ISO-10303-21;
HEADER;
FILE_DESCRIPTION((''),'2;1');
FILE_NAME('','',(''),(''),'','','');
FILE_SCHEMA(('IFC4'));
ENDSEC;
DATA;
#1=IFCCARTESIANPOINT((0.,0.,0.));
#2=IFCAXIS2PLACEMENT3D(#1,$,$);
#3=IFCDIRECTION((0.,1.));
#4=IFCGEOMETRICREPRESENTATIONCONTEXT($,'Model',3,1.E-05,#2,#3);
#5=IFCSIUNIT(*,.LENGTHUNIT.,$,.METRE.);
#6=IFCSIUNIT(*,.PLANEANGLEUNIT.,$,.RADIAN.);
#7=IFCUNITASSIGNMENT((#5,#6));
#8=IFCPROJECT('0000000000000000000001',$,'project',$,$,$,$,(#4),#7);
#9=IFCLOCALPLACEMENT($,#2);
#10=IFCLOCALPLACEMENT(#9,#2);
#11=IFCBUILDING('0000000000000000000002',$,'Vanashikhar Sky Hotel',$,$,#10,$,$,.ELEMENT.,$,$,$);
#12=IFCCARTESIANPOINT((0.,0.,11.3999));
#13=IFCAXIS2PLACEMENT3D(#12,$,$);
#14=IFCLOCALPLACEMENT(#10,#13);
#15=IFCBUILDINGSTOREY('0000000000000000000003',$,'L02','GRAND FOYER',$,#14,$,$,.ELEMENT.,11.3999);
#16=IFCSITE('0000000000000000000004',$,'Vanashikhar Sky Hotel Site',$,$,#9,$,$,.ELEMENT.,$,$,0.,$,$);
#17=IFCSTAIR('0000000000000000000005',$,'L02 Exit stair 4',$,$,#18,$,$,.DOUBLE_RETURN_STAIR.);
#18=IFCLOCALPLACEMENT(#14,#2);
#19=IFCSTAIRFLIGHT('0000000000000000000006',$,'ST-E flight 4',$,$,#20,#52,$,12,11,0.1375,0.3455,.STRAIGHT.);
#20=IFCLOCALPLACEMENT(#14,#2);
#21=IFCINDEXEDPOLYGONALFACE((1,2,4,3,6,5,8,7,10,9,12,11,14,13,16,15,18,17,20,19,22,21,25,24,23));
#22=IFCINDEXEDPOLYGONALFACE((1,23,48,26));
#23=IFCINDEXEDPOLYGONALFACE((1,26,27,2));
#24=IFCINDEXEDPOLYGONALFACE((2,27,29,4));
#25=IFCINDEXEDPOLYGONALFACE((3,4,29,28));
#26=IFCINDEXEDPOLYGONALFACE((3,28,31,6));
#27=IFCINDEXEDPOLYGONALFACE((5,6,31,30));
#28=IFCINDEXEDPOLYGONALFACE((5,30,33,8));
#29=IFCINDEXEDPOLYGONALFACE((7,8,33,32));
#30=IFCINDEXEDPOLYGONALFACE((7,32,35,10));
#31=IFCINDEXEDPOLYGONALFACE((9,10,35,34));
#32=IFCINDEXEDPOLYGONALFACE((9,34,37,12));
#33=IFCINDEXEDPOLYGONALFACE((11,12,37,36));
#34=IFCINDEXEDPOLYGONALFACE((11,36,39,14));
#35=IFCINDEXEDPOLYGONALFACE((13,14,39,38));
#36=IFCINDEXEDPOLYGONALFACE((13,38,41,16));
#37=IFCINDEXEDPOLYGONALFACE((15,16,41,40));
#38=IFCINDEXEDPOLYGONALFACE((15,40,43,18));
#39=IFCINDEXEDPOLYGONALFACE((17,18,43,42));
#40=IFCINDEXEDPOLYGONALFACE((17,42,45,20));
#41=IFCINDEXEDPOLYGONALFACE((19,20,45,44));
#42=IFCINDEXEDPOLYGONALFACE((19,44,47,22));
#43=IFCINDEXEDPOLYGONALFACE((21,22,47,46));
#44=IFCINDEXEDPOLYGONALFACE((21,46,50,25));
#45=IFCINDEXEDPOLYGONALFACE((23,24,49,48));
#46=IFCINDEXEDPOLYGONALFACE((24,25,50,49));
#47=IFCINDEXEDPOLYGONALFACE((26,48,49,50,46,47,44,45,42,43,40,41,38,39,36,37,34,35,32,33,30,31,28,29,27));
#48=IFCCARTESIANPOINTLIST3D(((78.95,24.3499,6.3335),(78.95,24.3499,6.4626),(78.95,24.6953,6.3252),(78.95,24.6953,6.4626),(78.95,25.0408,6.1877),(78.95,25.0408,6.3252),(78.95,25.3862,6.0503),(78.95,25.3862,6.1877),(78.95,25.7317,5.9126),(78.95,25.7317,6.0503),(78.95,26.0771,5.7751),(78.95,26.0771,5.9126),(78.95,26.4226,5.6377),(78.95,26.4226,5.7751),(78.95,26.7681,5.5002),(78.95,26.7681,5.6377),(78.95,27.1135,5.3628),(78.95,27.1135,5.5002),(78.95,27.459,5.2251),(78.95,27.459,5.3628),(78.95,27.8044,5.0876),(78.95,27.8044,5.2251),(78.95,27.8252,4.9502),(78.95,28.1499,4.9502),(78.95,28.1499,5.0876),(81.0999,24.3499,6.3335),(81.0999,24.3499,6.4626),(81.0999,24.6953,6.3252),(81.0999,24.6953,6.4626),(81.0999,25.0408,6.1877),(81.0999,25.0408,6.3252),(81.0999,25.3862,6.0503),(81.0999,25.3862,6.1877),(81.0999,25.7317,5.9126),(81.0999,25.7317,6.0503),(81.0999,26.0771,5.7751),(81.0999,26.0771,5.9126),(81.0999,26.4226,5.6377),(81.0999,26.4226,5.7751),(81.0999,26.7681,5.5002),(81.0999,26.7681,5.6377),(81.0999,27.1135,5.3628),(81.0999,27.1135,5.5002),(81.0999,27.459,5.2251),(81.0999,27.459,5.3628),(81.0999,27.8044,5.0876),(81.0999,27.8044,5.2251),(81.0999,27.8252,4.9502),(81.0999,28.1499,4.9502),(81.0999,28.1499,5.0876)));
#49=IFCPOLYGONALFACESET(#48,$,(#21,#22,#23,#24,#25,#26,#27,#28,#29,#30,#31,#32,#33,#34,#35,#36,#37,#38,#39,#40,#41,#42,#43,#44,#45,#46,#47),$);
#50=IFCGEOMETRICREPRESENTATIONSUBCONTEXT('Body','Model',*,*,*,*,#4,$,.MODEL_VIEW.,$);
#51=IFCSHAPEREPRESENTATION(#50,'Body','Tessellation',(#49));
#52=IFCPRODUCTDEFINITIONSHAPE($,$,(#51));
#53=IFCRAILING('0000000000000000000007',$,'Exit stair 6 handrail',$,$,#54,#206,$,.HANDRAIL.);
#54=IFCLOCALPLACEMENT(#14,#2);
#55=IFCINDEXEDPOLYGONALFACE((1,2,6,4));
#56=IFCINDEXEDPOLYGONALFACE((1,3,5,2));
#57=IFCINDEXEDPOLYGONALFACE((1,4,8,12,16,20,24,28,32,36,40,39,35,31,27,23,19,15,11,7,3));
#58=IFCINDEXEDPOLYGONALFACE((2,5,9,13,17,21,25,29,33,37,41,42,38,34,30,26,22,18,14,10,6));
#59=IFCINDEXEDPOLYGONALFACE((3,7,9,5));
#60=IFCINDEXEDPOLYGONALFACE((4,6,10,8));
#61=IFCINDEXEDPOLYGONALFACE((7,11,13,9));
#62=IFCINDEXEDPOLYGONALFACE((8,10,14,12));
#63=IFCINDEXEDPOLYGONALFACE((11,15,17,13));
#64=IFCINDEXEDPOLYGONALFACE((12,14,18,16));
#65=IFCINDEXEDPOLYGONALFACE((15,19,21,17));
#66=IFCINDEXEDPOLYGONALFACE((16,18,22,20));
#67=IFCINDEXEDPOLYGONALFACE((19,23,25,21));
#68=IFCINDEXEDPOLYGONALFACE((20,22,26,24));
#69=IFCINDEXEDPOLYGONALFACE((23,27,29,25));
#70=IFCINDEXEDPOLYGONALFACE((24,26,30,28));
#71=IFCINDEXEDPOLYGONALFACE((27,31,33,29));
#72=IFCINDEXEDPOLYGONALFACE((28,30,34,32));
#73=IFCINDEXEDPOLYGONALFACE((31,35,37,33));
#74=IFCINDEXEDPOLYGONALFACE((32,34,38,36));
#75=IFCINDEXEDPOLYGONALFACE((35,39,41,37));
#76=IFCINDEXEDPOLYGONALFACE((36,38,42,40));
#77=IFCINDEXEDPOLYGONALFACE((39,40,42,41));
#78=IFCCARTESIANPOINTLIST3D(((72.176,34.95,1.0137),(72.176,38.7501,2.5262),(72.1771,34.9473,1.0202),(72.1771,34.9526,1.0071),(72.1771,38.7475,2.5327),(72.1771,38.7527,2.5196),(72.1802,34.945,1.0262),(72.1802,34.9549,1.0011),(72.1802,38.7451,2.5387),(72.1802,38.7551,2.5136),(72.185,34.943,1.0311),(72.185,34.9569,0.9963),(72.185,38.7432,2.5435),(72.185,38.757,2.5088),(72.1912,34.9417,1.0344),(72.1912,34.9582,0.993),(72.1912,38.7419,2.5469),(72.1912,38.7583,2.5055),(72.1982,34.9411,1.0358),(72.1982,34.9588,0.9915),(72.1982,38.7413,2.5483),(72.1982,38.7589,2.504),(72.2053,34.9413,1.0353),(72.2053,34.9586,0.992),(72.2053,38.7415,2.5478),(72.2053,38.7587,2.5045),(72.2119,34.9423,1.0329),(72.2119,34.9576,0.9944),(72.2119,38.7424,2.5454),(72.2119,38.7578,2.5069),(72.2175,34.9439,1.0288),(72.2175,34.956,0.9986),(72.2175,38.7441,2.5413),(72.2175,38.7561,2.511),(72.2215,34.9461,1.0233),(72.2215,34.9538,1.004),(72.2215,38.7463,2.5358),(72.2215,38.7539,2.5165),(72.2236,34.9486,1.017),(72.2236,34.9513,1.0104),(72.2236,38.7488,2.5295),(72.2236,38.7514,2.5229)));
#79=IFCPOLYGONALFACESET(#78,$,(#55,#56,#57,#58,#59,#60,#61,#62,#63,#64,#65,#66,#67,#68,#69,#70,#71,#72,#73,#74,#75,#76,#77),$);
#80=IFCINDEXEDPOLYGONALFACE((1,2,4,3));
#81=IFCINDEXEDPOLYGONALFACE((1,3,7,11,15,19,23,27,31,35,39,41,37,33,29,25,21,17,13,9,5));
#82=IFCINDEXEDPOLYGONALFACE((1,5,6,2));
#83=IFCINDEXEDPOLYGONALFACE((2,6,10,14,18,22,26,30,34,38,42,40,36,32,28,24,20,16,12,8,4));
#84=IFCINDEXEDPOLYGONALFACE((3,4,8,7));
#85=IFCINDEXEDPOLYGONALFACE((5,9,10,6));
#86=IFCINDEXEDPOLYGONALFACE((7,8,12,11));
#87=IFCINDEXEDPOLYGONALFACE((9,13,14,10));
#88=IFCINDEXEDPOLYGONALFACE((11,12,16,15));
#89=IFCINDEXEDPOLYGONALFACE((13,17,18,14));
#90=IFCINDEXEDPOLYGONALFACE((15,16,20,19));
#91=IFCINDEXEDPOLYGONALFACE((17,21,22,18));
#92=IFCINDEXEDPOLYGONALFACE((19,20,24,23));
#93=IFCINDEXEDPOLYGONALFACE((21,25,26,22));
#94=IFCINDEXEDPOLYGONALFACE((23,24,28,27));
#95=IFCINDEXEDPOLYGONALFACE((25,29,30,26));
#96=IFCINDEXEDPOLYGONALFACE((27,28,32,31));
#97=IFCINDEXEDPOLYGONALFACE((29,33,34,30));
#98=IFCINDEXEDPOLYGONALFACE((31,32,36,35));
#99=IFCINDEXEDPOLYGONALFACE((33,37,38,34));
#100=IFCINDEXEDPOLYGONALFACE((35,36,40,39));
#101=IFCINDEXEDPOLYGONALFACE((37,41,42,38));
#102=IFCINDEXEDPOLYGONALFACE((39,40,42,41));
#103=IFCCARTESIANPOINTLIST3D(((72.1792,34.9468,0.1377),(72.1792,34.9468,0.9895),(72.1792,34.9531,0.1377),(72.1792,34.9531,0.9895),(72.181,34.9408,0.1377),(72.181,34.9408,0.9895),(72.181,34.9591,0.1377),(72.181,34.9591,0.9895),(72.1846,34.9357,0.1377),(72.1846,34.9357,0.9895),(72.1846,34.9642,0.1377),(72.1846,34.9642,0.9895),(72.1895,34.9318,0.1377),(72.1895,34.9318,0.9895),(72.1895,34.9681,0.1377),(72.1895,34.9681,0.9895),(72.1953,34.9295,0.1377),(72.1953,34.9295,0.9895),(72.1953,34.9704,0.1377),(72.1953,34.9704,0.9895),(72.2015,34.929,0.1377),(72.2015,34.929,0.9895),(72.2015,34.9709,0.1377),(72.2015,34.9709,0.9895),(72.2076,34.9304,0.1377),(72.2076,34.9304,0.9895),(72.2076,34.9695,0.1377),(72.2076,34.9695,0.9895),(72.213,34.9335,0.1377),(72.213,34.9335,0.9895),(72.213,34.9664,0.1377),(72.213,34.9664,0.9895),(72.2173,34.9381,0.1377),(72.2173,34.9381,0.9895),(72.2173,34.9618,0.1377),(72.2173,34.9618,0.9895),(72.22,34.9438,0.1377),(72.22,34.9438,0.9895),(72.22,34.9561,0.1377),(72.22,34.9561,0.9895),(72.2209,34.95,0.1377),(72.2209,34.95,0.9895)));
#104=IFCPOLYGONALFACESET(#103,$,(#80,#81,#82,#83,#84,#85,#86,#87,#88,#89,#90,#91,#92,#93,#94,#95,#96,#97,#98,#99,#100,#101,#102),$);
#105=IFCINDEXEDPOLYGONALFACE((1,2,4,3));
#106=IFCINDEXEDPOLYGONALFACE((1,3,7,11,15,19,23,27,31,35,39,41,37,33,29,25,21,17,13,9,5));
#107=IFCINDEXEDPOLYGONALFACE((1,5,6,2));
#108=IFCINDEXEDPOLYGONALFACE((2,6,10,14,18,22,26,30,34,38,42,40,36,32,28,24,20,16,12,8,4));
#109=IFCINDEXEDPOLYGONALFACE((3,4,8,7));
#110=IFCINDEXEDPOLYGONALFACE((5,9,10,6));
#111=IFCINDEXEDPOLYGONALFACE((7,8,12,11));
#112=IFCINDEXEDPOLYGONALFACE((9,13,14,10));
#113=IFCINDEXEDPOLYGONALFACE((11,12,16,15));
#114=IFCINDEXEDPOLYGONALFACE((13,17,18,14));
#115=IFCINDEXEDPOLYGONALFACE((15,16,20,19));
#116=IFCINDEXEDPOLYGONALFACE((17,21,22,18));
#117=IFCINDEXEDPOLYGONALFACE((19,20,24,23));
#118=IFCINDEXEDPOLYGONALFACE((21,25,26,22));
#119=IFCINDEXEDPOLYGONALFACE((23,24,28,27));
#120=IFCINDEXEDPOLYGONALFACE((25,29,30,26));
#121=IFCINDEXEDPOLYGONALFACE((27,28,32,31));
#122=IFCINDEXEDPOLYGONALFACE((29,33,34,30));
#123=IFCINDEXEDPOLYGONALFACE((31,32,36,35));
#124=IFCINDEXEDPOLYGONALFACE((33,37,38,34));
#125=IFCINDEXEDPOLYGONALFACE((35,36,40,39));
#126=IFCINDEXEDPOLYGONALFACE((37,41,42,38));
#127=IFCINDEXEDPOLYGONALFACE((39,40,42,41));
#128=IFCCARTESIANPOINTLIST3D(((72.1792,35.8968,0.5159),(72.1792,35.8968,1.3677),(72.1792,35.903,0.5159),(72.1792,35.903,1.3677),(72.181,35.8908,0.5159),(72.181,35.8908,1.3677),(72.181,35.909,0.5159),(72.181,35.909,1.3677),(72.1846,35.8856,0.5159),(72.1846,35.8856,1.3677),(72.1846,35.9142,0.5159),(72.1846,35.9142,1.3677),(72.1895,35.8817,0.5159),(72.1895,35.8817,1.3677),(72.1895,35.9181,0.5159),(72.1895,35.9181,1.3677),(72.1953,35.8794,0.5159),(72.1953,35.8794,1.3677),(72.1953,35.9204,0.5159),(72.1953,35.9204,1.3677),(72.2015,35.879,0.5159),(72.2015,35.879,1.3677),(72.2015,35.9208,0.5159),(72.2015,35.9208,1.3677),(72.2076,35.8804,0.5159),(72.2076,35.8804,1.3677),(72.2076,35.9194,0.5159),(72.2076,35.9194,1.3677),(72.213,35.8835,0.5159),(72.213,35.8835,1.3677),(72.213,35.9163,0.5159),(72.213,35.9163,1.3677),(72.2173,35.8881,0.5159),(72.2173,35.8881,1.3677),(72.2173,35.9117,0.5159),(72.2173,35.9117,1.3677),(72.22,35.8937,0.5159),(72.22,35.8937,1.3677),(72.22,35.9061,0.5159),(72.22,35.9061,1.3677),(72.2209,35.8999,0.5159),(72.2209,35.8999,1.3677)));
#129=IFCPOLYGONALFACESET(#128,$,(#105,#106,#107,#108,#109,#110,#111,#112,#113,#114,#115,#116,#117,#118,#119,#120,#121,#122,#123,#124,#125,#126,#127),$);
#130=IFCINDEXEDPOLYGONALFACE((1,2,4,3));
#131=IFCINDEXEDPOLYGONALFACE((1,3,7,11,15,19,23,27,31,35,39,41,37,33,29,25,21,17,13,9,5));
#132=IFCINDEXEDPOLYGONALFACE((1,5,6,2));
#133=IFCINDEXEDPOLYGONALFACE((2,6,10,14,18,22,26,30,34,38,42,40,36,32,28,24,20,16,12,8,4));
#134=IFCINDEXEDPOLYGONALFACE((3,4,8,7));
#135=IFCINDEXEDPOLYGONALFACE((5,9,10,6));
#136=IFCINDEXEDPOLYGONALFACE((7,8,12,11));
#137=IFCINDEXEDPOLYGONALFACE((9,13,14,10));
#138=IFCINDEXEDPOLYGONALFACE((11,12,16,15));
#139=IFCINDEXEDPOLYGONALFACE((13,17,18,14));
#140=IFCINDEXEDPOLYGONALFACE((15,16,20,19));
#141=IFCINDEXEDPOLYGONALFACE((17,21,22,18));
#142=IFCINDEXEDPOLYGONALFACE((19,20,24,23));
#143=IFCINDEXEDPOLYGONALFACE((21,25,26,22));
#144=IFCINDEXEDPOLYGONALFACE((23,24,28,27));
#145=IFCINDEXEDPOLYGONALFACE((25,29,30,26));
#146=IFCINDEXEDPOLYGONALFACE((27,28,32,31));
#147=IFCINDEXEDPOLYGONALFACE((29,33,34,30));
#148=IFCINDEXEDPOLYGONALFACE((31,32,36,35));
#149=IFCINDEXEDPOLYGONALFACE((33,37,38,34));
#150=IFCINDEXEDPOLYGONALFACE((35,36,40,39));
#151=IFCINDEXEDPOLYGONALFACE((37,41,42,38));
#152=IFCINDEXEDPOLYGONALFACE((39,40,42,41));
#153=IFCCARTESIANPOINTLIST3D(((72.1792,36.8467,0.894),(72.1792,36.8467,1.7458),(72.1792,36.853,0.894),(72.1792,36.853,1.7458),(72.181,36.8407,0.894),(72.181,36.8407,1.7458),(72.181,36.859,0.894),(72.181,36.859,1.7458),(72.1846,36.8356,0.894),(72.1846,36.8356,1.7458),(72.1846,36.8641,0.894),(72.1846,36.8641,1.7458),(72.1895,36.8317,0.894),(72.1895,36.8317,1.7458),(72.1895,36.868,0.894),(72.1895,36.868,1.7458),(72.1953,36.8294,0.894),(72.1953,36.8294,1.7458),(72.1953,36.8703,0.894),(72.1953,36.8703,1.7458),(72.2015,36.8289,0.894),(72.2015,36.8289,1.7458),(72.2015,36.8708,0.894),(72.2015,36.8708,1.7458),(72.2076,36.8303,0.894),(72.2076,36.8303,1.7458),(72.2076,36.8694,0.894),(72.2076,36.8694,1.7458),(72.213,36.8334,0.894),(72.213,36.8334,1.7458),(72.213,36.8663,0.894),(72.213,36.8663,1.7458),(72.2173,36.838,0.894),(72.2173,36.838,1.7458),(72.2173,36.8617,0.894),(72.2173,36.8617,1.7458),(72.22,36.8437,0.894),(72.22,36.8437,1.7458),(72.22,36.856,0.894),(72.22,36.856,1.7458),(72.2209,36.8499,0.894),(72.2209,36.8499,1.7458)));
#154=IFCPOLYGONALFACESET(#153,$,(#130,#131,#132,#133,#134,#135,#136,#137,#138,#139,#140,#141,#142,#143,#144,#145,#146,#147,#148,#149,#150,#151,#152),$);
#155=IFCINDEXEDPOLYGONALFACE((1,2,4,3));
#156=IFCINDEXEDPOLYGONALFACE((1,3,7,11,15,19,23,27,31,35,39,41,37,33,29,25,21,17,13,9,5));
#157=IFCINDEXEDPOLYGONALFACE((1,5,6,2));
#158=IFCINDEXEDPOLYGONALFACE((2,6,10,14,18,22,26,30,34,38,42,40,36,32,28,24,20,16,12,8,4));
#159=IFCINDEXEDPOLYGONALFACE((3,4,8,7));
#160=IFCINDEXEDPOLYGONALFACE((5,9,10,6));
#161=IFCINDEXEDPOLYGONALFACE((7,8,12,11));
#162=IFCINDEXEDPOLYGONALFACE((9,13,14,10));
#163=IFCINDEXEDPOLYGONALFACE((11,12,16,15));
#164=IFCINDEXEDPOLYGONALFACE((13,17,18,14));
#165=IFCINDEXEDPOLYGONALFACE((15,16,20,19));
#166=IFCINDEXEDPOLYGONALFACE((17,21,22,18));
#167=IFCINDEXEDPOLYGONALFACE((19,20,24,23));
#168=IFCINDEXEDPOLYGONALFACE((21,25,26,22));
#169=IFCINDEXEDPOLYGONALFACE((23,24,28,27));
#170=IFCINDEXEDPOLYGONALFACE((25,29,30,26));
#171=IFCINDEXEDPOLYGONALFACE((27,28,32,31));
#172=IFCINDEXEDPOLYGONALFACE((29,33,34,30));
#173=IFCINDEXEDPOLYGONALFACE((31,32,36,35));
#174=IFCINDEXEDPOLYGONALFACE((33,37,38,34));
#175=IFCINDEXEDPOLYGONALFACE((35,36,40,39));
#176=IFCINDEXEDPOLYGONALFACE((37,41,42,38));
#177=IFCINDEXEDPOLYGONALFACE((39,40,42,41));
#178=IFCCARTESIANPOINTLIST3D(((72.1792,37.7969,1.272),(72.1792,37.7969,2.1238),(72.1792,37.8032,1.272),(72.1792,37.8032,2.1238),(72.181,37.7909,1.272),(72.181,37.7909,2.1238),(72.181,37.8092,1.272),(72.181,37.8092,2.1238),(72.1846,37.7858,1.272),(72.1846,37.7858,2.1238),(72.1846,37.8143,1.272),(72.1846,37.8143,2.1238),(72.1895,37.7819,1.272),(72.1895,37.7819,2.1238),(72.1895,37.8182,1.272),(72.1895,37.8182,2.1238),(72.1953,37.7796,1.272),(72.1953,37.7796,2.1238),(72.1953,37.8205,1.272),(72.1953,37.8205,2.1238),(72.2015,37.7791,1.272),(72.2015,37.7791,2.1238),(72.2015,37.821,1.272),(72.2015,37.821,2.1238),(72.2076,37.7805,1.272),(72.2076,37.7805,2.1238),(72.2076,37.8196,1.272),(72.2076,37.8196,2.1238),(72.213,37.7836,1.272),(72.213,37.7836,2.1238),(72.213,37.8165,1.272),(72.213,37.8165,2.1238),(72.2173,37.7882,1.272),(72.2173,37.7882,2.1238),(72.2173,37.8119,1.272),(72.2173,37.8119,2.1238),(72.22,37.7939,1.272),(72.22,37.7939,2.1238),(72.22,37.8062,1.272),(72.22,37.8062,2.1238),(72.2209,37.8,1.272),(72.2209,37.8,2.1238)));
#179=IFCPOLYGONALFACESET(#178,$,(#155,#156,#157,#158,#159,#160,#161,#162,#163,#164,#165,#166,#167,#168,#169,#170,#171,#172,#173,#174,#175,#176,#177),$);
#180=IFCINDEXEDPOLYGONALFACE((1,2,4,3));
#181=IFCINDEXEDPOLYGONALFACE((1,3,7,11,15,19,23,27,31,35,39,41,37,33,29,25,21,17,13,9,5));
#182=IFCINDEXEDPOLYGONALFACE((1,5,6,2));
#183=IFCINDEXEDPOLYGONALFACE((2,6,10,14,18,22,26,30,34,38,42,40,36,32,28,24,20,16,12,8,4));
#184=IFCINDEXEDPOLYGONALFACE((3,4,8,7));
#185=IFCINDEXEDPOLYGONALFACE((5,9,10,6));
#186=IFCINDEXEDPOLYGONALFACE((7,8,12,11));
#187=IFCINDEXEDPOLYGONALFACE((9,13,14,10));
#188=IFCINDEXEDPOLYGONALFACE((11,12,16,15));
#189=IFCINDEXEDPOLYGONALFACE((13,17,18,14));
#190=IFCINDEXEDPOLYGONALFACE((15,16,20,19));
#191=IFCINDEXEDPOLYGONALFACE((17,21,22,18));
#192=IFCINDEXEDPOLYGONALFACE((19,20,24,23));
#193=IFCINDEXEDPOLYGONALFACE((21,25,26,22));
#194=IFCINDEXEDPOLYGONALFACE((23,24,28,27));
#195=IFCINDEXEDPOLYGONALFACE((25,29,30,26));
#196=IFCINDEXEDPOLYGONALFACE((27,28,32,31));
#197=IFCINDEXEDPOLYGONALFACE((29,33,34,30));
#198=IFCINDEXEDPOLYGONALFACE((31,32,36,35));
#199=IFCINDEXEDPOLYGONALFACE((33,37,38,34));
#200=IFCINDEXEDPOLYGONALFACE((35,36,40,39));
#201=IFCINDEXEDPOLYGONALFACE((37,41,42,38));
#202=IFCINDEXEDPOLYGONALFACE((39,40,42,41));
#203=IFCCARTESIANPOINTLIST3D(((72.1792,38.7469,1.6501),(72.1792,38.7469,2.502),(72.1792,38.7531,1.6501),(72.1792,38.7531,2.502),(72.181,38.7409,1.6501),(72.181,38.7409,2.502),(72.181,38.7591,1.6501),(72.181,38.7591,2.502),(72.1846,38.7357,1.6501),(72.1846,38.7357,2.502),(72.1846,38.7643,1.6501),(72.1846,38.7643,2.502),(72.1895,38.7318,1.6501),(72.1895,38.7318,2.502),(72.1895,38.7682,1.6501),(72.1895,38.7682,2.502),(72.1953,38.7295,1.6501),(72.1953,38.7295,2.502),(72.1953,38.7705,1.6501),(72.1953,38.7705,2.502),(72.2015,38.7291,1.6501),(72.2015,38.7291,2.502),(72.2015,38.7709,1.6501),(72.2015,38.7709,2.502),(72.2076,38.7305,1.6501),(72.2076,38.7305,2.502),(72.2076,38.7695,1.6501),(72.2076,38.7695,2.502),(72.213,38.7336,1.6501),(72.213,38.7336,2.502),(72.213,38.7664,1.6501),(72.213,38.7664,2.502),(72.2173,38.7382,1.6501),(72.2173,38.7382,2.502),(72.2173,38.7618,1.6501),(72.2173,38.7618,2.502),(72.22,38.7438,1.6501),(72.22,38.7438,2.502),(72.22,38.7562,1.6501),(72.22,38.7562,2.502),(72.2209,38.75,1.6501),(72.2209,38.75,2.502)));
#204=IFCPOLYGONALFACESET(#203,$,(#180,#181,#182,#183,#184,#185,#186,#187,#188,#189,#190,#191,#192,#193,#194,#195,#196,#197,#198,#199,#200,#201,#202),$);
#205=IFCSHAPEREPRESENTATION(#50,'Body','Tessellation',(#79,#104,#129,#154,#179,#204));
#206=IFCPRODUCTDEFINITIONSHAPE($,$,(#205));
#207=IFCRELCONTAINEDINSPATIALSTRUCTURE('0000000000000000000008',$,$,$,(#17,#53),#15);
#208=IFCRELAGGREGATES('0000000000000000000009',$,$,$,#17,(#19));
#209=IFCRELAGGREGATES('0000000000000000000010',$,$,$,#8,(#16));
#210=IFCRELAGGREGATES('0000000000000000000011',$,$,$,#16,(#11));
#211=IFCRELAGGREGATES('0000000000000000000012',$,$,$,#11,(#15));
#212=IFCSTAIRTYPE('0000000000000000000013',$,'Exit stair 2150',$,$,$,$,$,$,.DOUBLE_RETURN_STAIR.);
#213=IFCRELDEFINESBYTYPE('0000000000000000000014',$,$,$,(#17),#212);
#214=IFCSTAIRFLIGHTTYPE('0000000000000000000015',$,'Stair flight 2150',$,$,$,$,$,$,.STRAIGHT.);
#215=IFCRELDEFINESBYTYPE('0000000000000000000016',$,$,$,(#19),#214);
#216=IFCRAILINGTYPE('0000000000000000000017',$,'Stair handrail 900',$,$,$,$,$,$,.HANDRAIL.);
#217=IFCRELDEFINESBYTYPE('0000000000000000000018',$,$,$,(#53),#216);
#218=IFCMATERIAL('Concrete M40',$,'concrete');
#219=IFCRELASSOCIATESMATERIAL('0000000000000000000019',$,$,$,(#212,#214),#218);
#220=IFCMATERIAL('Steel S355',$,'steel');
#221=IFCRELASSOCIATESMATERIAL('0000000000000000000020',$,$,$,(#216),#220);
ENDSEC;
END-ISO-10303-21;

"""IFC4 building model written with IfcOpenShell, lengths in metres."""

from ifc_helpers import new_model, si_unit, direction, frame, origin, origin_2d, place, context, subcontext, project, spatial, polyline, circle, outline, extrude, source, transform, mapped, material, type_object, element, aggregate, save


model = new_model("IFC4")

# Units and contexts
model_context = context("Model", 3, precision=1e-05, world=origin(), true_north=direction((0.0, 1.0)))
body_context = subcontext(model_context, "Body", "Model", "MODEL_VIEW")
ifc_project = project(units=[si_unit("LENGTHUNIT", "METRE"), si_unit("PLANEANGLEUNIT", "RADIAN")], contexts=[model_context])

# Site, building, storey
site_placement = place(None, origin())
site = spatial("IfcSite", under=ifc_project, at=site_placement, Name="Vanashikhar Sky Hotel Site", CompositionType="ELEMENT", RefElevation=0.0)
building_placement = place(site_placement, origin())
building = spatial("IfcBuilding", under=site, at=building_placement, Name="Vanashikhar Sky Hotel", CompositionType="ELEMENT")
storey_placement = place(building_placement, frame((0.0, 0.0, 11.3999)))
storey = spatial("IfcBuildingStorey", under=building, at=storey_placement, Name="L02", Description="GRAND FOYER", CompositionType="ELEMENT", Elevation=11.3999)

# Shared definitions
ifc_material_1 = material(Name="Concrete M40", Category="concrete")

# Stair, stair flight
stair_type = type_object("IfcStairType", Name="Exit stair 2150", PredefinedType="DOUBLE_RETURN_STAIR", material=ifc_material_1)
stair_placement = place(storey_placement, origin())
stair = element("IfcStair", 1, at=stair_placement, inside=storey, type_object=stair_type, Name="L02 Exit stair 4", PredefinedType="DOUBLE_RETURN_STAIR")
stair_flight_type = type_object("IfcStairFlightType", Name="Stair flight 2150", PredefinedType="STRAIGHT", material=ifc_material_1)
shared_shape_1 = source(origin(), body_context, "Body", "SweptSolid", [
    extrude(outline(polyline([(0.0, 0.0), (0.0, 0.1375), (0.3455, 0.1375), (0.3455, 0.2749), (0.6909, 0.2749), (0.6909, 0.4126), (1.0364, 0.4126), (1.0364, 0.55), (1.3818, 0.55), (1.3818, 0.6875), (1.7273, 0.6875), (1.7273, 0.825), (2.0728, 0.825), (2.0728, 0.9624), (2.4182, 0.9624), (2.4182, 1.1001), (2.7637, 1.1001), (2.7637, 1.2375), (3.1091, 1.2375), (3.1091, 1.375), (3.4546, 1.375), (3.4546, 1.5125), (3.8, 1.5125), (3.8, 1.6499), (3.8, 1.3833), (0.3247, 0.0), (0.0, 0.0)])), frame((0.0, 1.075, 0.0), z_axis=(0.0, -1.0, 0.0), x_axis=(1.0, 0.0, 0.0)), (0.0, 0.0, 1.0), 2.1499),
])
stair_flight_1_placement = place(storey_placement, frame((80.0249, 28.1499, 4.9502), z_axis=(0.0, 0.0, 1.0), x_axis=(0.0, -1.0, 0.0)))
stair_flight_1 = element("IfcStairFlight", 2, at=stair_flight_1_placement, type_object=stair_flight_type, Name="ST-E flight 4", NumberOfRisers=12, NumberOfTreads=11, PredefinedType="STRAIGHT", RiserHeight=0.1375, TreadLength=0.3455, context=body_context, shape_type="MappedRepresentation", body=[
    mapped(shared_shape_1, transform((0.0, 0.0, 0.0), scale=1.0)),
])
aggregate(stair, [stair_flight_1])

# Railing
ifc_material_2 = material(Name="Steel S355", Category="steel")
railing_type_1 = type_object("IfcRailingType", Name="Stair handrail 900", PredefinedType="HANDRAIL", material=ifc_material_2)
shared_shape_2 = source(origin(), body_context, "Body", "SweptSolid", [
    extrude(circle(Radius=0.0239, at=origin_2d()), frame((0.0, 0.0, 0.876), z_axis=(0.0, 0.929113, 0.369795), x_axis=(-1.0, 0.0, 0.0)), (0.0, 0.0, 1.0), 4.0901),
    extrude(circle(Radius=0.021, at=origin_2d()), origin(), (0.0, 0.0, 1.0), 0.8518),
    extrude(circle(Radius=0.021, at=origin_2d()), frame((0.0, 0.95, 0.3782)), (0.0, 0.0, 1.0), 0.8518),
    extrude(circle(Radius=0.021, at=origin_2d()), frame((0.0, 1.8999, 0.7563)), (0.0, 0.0, 1.0), 0.8518),
    extrude(circle(Radius=0.021, at=origin_2d()), frame((0.0, 2.8501, 1.1343)), (0.0, 0.0, 1.0), 0.8518),
    extrude(circle(Radius=0.021, at=origin_2d()), frame((0.0, 3.8, 1.5125)), (0.0, 0.0, 1.0), 0.8518),
])
railing_1_placement = place(storey_placement, frame((72.2, 34.95, 0.1377)))
element("IfcRailing", 3, at=railing_1_placement, inside=storey, type_object=railing_type_1, Name="Exit stair 6 handrail", PredefinedType="HANDRAIL", context=body_context, shape_type="MappedRepresentation", body=[
    mapped(shared_shape_2, transform((0.0, 0.0, 0.0), scale=1.0)),
])

save(model, "model.ifc")
